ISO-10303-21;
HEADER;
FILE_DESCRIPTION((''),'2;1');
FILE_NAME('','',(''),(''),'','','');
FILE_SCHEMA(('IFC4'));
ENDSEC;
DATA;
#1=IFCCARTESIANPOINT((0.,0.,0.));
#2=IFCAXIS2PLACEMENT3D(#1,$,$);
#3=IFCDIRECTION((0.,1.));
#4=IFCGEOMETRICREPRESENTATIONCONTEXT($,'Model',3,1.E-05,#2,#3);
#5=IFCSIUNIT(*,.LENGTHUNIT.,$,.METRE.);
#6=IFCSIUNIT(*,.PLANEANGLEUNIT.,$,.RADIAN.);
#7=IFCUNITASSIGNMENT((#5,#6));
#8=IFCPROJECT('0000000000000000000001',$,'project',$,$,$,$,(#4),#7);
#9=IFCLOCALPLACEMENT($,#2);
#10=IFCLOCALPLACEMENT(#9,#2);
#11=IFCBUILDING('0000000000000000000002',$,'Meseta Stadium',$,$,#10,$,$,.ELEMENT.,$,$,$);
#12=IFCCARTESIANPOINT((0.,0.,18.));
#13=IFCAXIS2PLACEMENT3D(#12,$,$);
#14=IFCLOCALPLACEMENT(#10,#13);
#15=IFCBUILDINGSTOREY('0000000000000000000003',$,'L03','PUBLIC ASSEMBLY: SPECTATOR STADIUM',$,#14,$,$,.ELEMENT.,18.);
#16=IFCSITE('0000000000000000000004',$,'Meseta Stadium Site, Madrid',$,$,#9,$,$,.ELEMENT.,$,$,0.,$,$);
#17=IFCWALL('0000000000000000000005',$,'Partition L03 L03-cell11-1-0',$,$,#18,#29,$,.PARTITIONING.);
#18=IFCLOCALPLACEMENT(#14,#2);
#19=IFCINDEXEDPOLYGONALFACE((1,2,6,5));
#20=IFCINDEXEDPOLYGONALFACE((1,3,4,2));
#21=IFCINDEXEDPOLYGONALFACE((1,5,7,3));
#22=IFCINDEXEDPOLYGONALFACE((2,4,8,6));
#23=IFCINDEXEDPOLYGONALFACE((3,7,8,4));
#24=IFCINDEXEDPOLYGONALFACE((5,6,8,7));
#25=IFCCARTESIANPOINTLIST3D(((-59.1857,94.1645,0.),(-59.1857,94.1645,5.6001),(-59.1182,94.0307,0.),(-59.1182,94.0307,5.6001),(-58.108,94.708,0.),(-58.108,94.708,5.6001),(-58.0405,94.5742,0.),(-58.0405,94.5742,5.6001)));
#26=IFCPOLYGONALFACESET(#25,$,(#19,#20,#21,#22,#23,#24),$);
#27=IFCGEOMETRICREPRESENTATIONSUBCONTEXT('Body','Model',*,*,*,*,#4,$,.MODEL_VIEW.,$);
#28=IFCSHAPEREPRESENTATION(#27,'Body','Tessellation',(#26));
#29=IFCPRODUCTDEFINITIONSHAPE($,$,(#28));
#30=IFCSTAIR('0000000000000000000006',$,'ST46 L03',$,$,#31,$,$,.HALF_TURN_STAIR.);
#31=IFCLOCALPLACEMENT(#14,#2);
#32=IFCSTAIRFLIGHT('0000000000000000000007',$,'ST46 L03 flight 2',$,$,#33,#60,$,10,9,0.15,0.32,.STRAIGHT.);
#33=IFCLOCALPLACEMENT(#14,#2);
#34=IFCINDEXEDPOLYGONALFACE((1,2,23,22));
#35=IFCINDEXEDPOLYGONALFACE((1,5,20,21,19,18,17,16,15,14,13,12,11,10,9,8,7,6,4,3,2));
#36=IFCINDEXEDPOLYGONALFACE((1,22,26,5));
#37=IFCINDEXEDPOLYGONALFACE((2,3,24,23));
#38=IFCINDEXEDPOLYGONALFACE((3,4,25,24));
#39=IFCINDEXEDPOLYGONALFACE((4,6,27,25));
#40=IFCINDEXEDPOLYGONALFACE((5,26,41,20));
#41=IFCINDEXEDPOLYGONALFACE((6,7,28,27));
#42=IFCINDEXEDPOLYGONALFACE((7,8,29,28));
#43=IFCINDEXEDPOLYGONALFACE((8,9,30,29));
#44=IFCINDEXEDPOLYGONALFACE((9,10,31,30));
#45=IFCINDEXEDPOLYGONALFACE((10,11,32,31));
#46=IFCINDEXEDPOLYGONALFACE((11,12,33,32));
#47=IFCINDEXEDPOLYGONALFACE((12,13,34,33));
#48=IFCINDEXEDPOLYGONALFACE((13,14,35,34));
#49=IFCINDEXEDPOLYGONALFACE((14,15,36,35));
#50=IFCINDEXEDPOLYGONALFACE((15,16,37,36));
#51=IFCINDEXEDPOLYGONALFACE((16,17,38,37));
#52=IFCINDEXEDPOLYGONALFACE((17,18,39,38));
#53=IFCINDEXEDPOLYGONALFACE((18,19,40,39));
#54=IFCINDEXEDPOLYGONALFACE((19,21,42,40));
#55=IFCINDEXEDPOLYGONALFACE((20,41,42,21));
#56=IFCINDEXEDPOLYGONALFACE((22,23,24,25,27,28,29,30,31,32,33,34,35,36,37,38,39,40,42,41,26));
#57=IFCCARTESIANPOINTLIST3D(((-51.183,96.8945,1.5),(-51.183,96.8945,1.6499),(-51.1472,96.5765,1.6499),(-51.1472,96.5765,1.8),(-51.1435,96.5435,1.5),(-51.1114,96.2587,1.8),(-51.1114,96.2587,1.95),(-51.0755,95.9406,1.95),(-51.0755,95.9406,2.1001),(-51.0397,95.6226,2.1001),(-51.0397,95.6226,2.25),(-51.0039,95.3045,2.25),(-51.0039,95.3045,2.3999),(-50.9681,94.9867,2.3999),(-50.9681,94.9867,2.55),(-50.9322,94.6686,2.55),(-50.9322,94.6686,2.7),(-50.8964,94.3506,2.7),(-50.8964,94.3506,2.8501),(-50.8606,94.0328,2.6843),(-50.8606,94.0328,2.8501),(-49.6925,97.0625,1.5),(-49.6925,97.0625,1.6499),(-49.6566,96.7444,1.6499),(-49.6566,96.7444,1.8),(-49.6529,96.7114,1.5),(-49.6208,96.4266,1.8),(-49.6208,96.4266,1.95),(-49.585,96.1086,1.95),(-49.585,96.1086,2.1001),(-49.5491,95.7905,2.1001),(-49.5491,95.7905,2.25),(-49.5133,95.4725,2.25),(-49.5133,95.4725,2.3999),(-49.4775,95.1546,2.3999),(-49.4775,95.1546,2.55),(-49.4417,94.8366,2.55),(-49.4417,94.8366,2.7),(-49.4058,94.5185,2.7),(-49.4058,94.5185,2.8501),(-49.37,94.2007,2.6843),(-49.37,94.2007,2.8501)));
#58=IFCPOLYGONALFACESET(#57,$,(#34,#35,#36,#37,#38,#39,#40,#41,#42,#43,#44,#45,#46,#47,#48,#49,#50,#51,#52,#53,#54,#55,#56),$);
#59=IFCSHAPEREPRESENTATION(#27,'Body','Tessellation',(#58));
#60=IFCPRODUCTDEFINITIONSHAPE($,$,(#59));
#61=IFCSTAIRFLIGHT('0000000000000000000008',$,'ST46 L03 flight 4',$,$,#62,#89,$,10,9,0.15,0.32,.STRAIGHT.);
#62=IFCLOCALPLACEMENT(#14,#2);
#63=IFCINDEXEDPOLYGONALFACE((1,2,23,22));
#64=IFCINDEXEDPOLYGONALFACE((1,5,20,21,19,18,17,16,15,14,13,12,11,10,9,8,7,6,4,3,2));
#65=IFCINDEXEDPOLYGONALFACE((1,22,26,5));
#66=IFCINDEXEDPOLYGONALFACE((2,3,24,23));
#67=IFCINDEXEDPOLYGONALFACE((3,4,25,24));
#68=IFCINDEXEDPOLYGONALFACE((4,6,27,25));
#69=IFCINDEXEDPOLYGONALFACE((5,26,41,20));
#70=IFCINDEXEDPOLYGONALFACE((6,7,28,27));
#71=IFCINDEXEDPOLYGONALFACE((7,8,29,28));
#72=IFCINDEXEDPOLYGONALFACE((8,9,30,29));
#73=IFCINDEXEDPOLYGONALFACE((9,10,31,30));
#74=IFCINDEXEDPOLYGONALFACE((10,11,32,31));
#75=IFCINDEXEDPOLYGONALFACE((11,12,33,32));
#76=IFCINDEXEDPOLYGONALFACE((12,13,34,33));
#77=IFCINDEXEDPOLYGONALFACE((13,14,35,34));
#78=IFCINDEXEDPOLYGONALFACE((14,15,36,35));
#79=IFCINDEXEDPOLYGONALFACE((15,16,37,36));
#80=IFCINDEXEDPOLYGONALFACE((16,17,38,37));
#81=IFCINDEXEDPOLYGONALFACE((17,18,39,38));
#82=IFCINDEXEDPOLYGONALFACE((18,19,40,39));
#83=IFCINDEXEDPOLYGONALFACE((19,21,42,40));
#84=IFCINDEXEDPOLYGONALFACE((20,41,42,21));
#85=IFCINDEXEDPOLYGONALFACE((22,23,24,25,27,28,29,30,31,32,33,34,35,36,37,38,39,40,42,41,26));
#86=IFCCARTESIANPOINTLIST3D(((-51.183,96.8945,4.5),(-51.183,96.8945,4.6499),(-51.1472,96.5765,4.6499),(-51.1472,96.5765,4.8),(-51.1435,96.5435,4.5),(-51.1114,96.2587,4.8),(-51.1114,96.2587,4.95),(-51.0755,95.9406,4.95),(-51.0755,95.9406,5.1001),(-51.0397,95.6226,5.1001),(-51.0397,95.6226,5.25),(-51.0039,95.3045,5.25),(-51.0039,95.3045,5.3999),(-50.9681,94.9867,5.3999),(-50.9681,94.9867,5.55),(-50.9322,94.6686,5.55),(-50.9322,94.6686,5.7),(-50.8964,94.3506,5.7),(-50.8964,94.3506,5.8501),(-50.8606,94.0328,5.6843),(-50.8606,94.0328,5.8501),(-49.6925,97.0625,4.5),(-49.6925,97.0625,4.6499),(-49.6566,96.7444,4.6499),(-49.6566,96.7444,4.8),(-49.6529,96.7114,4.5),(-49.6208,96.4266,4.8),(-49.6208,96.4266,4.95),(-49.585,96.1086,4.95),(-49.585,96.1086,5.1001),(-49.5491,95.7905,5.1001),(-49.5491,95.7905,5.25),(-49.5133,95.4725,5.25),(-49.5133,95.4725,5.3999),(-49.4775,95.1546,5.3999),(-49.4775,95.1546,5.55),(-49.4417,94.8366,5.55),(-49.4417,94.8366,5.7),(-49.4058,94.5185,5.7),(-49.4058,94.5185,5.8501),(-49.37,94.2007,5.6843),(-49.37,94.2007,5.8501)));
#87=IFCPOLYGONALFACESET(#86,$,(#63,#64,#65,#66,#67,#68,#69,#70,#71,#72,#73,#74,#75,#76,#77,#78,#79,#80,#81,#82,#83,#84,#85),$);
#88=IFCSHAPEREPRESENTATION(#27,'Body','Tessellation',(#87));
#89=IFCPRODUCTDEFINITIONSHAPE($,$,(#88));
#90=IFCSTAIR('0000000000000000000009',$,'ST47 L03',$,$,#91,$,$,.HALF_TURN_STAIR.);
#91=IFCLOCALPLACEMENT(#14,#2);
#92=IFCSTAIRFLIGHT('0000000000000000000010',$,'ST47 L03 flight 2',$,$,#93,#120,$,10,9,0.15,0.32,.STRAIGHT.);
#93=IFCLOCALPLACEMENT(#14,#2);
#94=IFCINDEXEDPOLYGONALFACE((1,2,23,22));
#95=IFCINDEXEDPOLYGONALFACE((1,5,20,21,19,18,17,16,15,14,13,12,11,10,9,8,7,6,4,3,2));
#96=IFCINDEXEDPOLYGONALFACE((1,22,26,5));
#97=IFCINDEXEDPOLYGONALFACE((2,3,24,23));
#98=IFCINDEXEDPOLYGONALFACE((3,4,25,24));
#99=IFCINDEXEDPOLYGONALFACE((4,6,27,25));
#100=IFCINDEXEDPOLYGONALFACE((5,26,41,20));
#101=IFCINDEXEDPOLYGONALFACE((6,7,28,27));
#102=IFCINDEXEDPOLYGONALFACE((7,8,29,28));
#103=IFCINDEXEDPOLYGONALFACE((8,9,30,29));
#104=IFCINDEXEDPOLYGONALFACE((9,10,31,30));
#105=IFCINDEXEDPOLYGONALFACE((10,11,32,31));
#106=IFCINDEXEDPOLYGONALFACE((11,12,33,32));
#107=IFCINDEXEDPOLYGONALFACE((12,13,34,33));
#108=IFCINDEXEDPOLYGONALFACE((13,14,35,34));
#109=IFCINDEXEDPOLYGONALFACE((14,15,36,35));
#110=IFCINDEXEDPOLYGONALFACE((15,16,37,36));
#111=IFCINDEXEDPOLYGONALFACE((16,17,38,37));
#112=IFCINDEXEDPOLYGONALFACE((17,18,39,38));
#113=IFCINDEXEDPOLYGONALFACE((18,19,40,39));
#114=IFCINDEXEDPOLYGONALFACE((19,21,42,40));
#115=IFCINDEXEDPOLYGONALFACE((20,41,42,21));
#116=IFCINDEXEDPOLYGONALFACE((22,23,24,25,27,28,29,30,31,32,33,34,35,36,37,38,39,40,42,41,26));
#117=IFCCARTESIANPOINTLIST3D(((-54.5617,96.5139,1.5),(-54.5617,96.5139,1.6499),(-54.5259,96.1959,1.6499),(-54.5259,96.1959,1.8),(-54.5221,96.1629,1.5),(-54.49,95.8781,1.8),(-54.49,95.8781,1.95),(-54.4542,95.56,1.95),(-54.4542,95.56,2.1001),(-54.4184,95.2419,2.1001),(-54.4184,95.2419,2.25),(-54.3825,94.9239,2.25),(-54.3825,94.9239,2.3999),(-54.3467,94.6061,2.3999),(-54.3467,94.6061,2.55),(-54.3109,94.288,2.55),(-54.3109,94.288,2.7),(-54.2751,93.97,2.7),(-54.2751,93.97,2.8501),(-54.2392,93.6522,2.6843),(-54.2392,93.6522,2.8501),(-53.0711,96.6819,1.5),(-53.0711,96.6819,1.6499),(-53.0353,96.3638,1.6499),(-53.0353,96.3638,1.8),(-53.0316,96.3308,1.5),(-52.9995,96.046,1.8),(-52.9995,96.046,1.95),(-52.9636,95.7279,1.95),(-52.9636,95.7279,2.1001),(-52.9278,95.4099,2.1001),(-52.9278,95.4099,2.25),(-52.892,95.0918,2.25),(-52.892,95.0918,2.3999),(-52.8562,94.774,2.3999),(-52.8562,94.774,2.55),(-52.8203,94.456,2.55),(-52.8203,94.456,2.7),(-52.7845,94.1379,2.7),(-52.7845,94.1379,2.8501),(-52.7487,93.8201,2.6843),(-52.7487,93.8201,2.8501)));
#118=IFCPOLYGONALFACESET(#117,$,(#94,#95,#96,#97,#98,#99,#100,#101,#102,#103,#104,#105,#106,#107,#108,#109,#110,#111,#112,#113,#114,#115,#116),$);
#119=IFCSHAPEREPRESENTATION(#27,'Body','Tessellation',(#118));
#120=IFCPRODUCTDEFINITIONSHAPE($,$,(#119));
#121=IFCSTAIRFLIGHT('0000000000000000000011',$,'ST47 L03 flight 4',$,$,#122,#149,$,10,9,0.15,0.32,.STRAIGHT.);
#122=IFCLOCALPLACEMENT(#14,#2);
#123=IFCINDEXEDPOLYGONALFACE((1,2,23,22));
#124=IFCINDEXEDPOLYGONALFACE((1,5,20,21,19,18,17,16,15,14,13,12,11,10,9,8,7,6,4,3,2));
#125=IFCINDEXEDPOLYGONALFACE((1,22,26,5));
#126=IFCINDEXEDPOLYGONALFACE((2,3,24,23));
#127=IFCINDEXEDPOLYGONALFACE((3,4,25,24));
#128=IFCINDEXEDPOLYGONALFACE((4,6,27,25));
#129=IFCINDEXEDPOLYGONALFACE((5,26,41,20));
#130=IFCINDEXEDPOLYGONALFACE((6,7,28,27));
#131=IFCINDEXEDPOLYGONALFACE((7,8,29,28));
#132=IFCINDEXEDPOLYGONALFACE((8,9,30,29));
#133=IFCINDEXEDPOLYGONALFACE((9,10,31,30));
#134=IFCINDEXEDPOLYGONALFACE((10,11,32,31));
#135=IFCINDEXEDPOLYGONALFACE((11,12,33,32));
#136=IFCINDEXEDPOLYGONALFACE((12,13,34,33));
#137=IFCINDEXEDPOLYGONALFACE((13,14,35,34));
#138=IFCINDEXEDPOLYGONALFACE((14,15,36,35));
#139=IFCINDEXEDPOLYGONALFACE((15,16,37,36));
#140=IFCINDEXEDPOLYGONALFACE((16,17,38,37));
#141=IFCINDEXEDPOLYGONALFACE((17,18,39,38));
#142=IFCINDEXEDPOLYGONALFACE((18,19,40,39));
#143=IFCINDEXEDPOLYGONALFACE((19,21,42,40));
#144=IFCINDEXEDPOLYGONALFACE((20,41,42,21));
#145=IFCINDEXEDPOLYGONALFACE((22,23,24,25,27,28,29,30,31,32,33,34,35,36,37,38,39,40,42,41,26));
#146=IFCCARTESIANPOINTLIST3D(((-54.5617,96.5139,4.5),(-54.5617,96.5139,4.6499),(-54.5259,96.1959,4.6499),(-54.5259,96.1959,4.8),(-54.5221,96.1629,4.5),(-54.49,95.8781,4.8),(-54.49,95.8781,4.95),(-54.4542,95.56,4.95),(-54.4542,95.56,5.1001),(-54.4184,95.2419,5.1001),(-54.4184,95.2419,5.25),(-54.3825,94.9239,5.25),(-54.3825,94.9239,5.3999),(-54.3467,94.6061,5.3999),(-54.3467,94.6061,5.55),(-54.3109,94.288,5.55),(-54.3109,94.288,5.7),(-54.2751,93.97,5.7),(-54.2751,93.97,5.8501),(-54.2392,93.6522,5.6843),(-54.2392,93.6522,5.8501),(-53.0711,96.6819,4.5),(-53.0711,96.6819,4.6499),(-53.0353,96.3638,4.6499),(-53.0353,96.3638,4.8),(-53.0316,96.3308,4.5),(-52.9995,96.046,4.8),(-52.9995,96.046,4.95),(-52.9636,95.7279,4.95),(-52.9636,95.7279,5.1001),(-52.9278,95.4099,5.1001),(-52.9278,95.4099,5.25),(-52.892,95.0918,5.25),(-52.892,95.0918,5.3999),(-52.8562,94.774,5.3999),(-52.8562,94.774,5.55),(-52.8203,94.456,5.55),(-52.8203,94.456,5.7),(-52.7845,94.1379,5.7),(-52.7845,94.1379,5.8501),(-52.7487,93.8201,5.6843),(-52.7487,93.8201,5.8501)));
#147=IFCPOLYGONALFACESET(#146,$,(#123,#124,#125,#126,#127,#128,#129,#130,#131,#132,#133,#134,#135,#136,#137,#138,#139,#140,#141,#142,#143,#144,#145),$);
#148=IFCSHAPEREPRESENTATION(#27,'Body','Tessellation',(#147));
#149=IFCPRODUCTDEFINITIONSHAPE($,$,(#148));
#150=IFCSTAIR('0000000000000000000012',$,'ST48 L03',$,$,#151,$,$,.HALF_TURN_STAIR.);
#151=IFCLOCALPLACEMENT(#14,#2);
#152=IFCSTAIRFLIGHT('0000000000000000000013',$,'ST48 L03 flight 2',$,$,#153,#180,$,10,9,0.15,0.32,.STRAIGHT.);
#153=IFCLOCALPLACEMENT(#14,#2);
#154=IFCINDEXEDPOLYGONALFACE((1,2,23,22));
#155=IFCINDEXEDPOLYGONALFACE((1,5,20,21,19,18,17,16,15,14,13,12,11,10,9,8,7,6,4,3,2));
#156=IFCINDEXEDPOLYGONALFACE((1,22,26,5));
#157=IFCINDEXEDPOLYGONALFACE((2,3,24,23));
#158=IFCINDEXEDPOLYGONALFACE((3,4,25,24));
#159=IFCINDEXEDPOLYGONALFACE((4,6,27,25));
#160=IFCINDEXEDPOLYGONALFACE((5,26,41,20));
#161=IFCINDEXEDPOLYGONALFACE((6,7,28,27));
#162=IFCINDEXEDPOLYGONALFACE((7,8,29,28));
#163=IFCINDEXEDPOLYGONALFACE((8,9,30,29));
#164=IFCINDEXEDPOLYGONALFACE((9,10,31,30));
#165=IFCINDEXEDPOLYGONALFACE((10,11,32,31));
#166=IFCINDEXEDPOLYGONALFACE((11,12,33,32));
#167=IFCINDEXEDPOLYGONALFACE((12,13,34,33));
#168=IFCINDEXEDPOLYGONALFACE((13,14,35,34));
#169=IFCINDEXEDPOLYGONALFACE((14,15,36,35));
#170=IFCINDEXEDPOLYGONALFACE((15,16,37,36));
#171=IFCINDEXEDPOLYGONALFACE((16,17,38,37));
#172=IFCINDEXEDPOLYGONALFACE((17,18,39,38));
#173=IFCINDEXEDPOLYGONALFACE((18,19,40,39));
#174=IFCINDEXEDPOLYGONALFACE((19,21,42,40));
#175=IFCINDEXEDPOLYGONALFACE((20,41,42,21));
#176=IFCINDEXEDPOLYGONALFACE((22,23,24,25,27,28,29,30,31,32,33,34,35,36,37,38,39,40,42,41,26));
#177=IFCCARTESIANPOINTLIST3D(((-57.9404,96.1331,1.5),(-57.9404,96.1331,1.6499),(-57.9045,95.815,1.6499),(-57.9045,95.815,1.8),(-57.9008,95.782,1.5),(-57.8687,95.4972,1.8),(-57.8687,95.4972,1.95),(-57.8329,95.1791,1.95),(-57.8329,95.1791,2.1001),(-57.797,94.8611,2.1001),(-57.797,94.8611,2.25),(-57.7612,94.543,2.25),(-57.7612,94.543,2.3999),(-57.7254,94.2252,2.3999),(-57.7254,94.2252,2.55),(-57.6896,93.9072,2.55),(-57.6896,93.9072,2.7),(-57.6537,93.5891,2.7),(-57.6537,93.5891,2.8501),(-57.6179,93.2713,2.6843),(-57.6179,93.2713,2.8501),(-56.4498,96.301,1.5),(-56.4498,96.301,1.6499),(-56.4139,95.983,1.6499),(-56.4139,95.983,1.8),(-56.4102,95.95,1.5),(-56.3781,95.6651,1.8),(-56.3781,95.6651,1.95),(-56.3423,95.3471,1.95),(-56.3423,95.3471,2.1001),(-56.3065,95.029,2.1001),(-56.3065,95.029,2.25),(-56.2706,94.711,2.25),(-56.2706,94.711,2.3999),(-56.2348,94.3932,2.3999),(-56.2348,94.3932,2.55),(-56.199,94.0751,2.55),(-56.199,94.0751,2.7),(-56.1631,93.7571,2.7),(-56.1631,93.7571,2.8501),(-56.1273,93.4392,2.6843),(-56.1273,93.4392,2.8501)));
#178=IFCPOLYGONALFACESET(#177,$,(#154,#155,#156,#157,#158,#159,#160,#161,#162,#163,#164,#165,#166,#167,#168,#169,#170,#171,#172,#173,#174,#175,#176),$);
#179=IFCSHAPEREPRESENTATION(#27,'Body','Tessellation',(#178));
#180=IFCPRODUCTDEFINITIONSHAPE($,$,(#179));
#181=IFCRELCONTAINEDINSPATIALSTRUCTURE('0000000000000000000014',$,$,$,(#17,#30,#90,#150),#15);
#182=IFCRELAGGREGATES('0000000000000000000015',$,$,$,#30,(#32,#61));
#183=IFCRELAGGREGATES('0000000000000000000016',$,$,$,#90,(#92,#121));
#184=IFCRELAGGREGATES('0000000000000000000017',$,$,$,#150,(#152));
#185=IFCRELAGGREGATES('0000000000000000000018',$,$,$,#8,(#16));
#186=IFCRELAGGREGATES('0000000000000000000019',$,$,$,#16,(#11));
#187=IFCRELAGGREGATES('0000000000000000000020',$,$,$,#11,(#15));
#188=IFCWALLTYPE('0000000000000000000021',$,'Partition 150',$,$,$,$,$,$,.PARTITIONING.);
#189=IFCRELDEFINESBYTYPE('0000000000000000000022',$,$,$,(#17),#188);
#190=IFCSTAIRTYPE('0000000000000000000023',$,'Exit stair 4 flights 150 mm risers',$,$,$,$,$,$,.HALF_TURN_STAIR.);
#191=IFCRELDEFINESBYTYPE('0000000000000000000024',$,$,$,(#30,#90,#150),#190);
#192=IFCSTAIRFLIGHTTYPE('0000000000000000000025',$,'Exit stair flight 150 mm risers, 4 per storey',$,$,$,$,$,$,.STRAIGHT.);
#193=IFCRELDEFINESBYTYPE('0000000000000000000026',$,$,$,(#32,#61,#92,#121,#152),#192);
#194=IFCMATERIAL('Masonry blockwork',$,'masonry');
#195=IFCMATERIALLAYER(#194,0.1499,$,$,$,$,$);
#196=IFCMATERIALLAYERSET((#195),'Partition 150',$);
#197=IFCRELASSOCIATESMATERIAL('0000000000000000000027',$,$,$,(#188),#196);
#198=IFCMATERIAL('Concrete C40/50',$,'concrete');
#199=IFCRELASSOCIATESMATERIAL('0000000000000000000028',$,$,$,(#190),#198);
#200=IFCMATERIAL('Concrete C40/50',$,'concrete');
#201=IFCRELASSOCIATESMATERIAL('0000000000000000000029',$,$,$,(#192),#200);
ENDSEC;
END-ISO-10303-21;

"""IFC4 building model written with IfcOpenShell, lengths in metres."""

from ifc_helpers import new_model, si_unit, direction, frame, frame_2d, origin, place, context, subcontext, project, spatial, polyline, rectangle, outline, extrude, material, layer, layer_set, type_object, element, aggregate, save


model = new_model("IFC4")

# Units and contexts
model_context = context("Model", 3, precision=1e-05, world=origin(), true_north=direction((0.0, 1.0)))
body_context = subcontext(model_context, "Body", "Model", "MODEL_VIEW")
ifc_project = project(units=[si_unit("LENGTHUNIT", "METRE"), si_unit("PLANEANGLEUNIT", "RADIAN")], contexts=[model_context])

# Site, building, storey
site_placement = place(None, origin())
site = spatial("IfcSite", under=ifc_project, at=site_placement, Name="Meseta Stadium Site, Madrid", CompositionType="ELEMENT", RefElevation=0.0)
building_placement = place(site_placement, origin())
building = spatial("IfcBuilding", under=site, at=building_placement, Name="Meseta Stadium", CompositionType="ELEMENT")
storey_placement = place(building_placement, frame((0.0, 0.0, 18.0)))
storey = spatial("IfcBuildingStorey", under=building, at=storey_placement, Name="L03", Description="PUBLIC ASSEMBLY: SPECTATOR STADIUM", CompositionType="ELEMENT", Elevation=18.0)

# Wall
ifc_material_1 = material(Name="Masonry blockwork", Category="masonry")
ifc_layer = layer(ifc_material_1, 0.1499)
ifc_layer_set = layer_set([ifc_layer], Name="Partition 150")
wall_type = type_object("IfcWallType", Name="Partition 150", PredefinedType="PARTITIONING", material=ifc_layer_set)
wall_placement = place(storey_placement, frame((-58.0742, 94.6411, 0.0), z_axis=(0.0, 0.0, 1.0), x_axis=(-0.892885, -0.450286, 0.0)))
element("IfcWall", 1, at=wall_placement, inside=storey, type_object=wall_type, Name="Partition L03 L03-cell11-1-0", PredefinedType="PARTITIONING", context=body_context, shape_type="SweptSolid", body=[
    extrude(rectangle(XDim=1.207, YDim=0.1499, at=frame_2d((0.6035, 0.0))), origin(), (0.0, 0.0, 1.0), 5.6001),
])

# Stairs, stair flights
ifc_material_2 = material(Name="Concrete C40/50", Category="concrete")
stair_type = type_object("IfcStairType", Name="Exit stair 4 flights 150 mm risers", PredefinedType="HALF_TURN_STAIR", material=ifc_material_2)
stair_1_placement = place(storey_placement, origin())
stair_1 = element("IfcStair", 2, at=stair_1_placement, inside=storey, type_object=stair_type, Name="ST46 L03", PredefinedType="HALF_TURN_STAIR")
ifc_material_3 = material(Name="Concrete C40/50", Category="concrete")
stair_flight_type = type_object("IfcStairFlightType", Name="Exit stair flight 150 mm risers, 4 per storey", PredefinedType="STRAIGHT", material=ifc_material_3)
stair_flight_1_placement = place(storey_placement, frame((-50.4377, 96.9785, 1.5), z_axis=(0.0, 0.0, 1.0), x_axis=(0.111964, -0.993712, 0.0)))
stair_flight_1 = element("IfcStairFlight", 3, at=stair_flight_1_placement, type_object=stair_flight_type, Name="ST46 L03 flight 2", NumberOfRisers=10, NumberOfTreads=9, PredefinedType="STRAIGHT", RiserHeight=0.15, TreadLength=0.32, context=body_context, shape_type="SweptSolid", body=[
    extrude(outline(polyline([(0.0, 0.0), (0.0, 0.1499), (0.3201, 0.1499), (0.3201, 0.3), (0.6399, 0.3), (0.6399, 0.45), (0.96, 0.45), (0.96, 0.6001), (1.28, 0.6001), (1.28, 0.75), (1.6001, 0.75), (1.6001, 0.8999), (1.9199, 0.8999), (1.9199, 1.05), (2.24, 1.05), (2.24, 1.2), (2.5601, 1.2), (2.5601, 1.3501), (2.8799, 1.3501), (2.8799, 1.1843), (0.3533, 0.0), (0.0, 0.0)])), frame((0.0, 0.75, 0.0), z_axis=(0.0, -1.0, 0.0), x_axis=(1.0, 0.0, 0.0)), (0.0, 0.0, 1.0), 1.5),
])
stair_flight_2_placement = place(storey_placement, frame((-50.4377, 96.9785, 4.5), z_axis=(0.0, 0.0, 1.0), x_axis=(0.111964, -0.993712, 0.0)))
stair_flight_2 = element("IfcStairFlight", 4, at=stair_flight_2_placement, type_object=stair_flight_type, Name="ST46 L03 flight 4", NumberOfRisers=10, NumberOfTreads=9, PredefinedType="STRAIGHT", RiserHeight=0.15, TreadLength=0.32, context=body_context, shape_type="SweptSolid", body=[
    extrude(outline(polyline([(0.0, 0.0), (0.0, 0.1499), (0.3201, 0.1499), (0.3201, 0.3), (0.6399, 0.3), (0.6399, 0.45), (0.96, 0.45), (0.96, 0.6001), (1.28, 0.6001), (1.28, 0.75), (1.6001, 0.75), (1.6001, 0.8999), (1.9199, 0.8999), (1.9199, 1.05), (2.24, 1.05), (2.24, 1.2), (2.5601, 1.2), (2.5601, 1.3501), (2.8799, 1.3501), (2.8799, 1.1843), (0.3533, 0.0), (0.0, 0.0)])), frame((0.0, 0.75, 0.0), z_axis=(0.0, -1.0, 0.0), x_axis=(1.0, 0.0, 0.0)), (0.0, 0.0, 1.0), 1.5),
])
aggregate(stair_1, [stair_flight_1, stair_flight_2])
stair_2_placement = place(storey_placement, origin())
stair_2 = element("IfcStair", 5, at=stair_2_placement, inside=storey, type_object=stair_type, Name="ST47 L03", PredefinedType="HALF_TURN_STAIR")
stair_flight_3_placement = place(storey_placement, frame((-53.8164, 96.5979, 1.5), z_axis=(0.0, 0.0, 1.0), x_axis=(0.111964, -0.993712, 0.0)))
stair_flight_3 = element("IfcStairFlight", 6, at=stair_flight_3_placement, type_object=stair_flight_type, Name="ST47 L03 flight 2", NumberOfRisers=10, NumberOfTreads=9, PredefinedType="STRAIGHT", RiserHeight=0.15, TreadLength=0.32, context=body_context, shape_type="SweptSolid", body=[
    extrude(outline(polyline([(0.0, 0.0), (0.0, 0.1499), (0.3201, 0.1499), (0.3201, 0.3), (0.6399, 0.3), (0.6399, 0.45), (0.96, 0.45), (0.96, 0.6001), (1.28, 0.6001), (1.28, 0.75), (1.6001, 0.75), (1.6001, 0.8999), (1.9199, 0.8999), (1.9199, 1.05), (2.24, 1.05), (2.24, 1.2), (2.5601, 1.2), (2.5601, 1.3501), (2.8799, 1.3501), (2.8799, 1.1843), (0.3533, 0.0), (0.0, 0.0)])), frame((0.0, 0.75, 0.0), z_axis=(0.0, -1.0, 0.0), x_axis=(1.0, 0.0, 0.0)), (0.0, 0.0, 1.0), 1.5),
])
stair_flight_4_placement = place(storey_placement, frame((-53.8164, 96.5979, 4.5), z_axis=(0.0, 0.0, 1.0), x_axis=(0.111964, -0.993712, 0.0)))
stair_flight_4 = element("IfcStairFlight", 7, at=stair_flight_4_placement, type_object=stair_flight_type, Name="ST47 L03 flight 4", NumberOfRisers=10, NumberOfTreads=9, PredefinedType="STRAIGHT", RiserHeight=0.15, TreadLength=0.32, context=body_context, shape_type="SweptSolid", body=[
    extrude(outline(polyline([(0.0, 0.0), (0.0, 0.1499), (0.3201, 0.1499), (0.3201, 0.3), (0.6399, 0.3), (0.6399, 0.45), (0.96, 0.45), (0.96, 0.6001), (1.28, 0.6001), (1.28, 0.75), (1.6001, 0.75), (1.6001, 0.8999), (1.9199, 0.8999), (1.9199, 1.05), (2.24, 1.05), (2.24, 1.2), (2.5601, 1.2), (2.5601, 1.3501), (2.8799, 1.3501), (2.8799, 1.1843), (0.3533, 0.0), (0.0, 0.0)])), frame((0.0, 0.75, 0.0), z_axis=(0.0, -1.0, 0.0), x_axis=(1.0, 0.0, 0.0)), (0.0, 0.0, 1.0), 1.5),
])
aggregate(stair_2, [stair_flight_3, stair_flight_4])
stair_3_placement = place(storey_placement, origin())
stair_3 = element("IfcStair", 8, at=stair_3_placement, inside=storey, type_object=stair_type, Name="ST48 L03", PredefinedType="HALF_TURN_STAIR")
stair_flight_5_placement = place(storey_placement, frame((-57.1951, 96.217, 1.5), z_axis=(0.0, 0.0, 1.0), x_axis=(0.111964, -0.993712, 0.0)))
stair_flight_5 = element("IfcStairFlight", 9, at=stair_flight_5_placement, type_object=stair_flight_type, Name="ST48 L03 flight 2", NumberOfRisers=10, NumberOfTreads=9, PredefinedType="STRAIGHT", RiserHeight=0.15, TreadLength=0.32, context=body_context, shape_type="SweptSolid", body=[
    extrude(outline(polyline([(0.0, 0.0), (0.0, 0.1499), (0.3201, 0.1499), (0.3201, 0.3), (0.6399, 0.3), (0.6399, 0.45), (0.96, 0.45), (0.96, 0.6001), (1.28, 0.6001), (1.28, 0.75), (1.6001, 0.75), (1.6001, 0.8999), (1.9199, 0.8999), (1.9199, 1.05), (2.24, 1.05), (2.24, 1.2), (2.5601, 1.2), (2.5601, 1.3501), (2.8799, 1.3501), (2.8799, 1.1843), (0.3533, 0.0), (0.0, 0.0)])), frame((0.0, 0.75, 0.0), z_axis=(0.0, -1.0, 0.0), x_axis=(1.0, 0.0, 0.0)), (0.0, 0.0, 1.0), 1.5),
])
aggregate(stair_3, [stair_flight_5])

save(model, "model.ifc")
